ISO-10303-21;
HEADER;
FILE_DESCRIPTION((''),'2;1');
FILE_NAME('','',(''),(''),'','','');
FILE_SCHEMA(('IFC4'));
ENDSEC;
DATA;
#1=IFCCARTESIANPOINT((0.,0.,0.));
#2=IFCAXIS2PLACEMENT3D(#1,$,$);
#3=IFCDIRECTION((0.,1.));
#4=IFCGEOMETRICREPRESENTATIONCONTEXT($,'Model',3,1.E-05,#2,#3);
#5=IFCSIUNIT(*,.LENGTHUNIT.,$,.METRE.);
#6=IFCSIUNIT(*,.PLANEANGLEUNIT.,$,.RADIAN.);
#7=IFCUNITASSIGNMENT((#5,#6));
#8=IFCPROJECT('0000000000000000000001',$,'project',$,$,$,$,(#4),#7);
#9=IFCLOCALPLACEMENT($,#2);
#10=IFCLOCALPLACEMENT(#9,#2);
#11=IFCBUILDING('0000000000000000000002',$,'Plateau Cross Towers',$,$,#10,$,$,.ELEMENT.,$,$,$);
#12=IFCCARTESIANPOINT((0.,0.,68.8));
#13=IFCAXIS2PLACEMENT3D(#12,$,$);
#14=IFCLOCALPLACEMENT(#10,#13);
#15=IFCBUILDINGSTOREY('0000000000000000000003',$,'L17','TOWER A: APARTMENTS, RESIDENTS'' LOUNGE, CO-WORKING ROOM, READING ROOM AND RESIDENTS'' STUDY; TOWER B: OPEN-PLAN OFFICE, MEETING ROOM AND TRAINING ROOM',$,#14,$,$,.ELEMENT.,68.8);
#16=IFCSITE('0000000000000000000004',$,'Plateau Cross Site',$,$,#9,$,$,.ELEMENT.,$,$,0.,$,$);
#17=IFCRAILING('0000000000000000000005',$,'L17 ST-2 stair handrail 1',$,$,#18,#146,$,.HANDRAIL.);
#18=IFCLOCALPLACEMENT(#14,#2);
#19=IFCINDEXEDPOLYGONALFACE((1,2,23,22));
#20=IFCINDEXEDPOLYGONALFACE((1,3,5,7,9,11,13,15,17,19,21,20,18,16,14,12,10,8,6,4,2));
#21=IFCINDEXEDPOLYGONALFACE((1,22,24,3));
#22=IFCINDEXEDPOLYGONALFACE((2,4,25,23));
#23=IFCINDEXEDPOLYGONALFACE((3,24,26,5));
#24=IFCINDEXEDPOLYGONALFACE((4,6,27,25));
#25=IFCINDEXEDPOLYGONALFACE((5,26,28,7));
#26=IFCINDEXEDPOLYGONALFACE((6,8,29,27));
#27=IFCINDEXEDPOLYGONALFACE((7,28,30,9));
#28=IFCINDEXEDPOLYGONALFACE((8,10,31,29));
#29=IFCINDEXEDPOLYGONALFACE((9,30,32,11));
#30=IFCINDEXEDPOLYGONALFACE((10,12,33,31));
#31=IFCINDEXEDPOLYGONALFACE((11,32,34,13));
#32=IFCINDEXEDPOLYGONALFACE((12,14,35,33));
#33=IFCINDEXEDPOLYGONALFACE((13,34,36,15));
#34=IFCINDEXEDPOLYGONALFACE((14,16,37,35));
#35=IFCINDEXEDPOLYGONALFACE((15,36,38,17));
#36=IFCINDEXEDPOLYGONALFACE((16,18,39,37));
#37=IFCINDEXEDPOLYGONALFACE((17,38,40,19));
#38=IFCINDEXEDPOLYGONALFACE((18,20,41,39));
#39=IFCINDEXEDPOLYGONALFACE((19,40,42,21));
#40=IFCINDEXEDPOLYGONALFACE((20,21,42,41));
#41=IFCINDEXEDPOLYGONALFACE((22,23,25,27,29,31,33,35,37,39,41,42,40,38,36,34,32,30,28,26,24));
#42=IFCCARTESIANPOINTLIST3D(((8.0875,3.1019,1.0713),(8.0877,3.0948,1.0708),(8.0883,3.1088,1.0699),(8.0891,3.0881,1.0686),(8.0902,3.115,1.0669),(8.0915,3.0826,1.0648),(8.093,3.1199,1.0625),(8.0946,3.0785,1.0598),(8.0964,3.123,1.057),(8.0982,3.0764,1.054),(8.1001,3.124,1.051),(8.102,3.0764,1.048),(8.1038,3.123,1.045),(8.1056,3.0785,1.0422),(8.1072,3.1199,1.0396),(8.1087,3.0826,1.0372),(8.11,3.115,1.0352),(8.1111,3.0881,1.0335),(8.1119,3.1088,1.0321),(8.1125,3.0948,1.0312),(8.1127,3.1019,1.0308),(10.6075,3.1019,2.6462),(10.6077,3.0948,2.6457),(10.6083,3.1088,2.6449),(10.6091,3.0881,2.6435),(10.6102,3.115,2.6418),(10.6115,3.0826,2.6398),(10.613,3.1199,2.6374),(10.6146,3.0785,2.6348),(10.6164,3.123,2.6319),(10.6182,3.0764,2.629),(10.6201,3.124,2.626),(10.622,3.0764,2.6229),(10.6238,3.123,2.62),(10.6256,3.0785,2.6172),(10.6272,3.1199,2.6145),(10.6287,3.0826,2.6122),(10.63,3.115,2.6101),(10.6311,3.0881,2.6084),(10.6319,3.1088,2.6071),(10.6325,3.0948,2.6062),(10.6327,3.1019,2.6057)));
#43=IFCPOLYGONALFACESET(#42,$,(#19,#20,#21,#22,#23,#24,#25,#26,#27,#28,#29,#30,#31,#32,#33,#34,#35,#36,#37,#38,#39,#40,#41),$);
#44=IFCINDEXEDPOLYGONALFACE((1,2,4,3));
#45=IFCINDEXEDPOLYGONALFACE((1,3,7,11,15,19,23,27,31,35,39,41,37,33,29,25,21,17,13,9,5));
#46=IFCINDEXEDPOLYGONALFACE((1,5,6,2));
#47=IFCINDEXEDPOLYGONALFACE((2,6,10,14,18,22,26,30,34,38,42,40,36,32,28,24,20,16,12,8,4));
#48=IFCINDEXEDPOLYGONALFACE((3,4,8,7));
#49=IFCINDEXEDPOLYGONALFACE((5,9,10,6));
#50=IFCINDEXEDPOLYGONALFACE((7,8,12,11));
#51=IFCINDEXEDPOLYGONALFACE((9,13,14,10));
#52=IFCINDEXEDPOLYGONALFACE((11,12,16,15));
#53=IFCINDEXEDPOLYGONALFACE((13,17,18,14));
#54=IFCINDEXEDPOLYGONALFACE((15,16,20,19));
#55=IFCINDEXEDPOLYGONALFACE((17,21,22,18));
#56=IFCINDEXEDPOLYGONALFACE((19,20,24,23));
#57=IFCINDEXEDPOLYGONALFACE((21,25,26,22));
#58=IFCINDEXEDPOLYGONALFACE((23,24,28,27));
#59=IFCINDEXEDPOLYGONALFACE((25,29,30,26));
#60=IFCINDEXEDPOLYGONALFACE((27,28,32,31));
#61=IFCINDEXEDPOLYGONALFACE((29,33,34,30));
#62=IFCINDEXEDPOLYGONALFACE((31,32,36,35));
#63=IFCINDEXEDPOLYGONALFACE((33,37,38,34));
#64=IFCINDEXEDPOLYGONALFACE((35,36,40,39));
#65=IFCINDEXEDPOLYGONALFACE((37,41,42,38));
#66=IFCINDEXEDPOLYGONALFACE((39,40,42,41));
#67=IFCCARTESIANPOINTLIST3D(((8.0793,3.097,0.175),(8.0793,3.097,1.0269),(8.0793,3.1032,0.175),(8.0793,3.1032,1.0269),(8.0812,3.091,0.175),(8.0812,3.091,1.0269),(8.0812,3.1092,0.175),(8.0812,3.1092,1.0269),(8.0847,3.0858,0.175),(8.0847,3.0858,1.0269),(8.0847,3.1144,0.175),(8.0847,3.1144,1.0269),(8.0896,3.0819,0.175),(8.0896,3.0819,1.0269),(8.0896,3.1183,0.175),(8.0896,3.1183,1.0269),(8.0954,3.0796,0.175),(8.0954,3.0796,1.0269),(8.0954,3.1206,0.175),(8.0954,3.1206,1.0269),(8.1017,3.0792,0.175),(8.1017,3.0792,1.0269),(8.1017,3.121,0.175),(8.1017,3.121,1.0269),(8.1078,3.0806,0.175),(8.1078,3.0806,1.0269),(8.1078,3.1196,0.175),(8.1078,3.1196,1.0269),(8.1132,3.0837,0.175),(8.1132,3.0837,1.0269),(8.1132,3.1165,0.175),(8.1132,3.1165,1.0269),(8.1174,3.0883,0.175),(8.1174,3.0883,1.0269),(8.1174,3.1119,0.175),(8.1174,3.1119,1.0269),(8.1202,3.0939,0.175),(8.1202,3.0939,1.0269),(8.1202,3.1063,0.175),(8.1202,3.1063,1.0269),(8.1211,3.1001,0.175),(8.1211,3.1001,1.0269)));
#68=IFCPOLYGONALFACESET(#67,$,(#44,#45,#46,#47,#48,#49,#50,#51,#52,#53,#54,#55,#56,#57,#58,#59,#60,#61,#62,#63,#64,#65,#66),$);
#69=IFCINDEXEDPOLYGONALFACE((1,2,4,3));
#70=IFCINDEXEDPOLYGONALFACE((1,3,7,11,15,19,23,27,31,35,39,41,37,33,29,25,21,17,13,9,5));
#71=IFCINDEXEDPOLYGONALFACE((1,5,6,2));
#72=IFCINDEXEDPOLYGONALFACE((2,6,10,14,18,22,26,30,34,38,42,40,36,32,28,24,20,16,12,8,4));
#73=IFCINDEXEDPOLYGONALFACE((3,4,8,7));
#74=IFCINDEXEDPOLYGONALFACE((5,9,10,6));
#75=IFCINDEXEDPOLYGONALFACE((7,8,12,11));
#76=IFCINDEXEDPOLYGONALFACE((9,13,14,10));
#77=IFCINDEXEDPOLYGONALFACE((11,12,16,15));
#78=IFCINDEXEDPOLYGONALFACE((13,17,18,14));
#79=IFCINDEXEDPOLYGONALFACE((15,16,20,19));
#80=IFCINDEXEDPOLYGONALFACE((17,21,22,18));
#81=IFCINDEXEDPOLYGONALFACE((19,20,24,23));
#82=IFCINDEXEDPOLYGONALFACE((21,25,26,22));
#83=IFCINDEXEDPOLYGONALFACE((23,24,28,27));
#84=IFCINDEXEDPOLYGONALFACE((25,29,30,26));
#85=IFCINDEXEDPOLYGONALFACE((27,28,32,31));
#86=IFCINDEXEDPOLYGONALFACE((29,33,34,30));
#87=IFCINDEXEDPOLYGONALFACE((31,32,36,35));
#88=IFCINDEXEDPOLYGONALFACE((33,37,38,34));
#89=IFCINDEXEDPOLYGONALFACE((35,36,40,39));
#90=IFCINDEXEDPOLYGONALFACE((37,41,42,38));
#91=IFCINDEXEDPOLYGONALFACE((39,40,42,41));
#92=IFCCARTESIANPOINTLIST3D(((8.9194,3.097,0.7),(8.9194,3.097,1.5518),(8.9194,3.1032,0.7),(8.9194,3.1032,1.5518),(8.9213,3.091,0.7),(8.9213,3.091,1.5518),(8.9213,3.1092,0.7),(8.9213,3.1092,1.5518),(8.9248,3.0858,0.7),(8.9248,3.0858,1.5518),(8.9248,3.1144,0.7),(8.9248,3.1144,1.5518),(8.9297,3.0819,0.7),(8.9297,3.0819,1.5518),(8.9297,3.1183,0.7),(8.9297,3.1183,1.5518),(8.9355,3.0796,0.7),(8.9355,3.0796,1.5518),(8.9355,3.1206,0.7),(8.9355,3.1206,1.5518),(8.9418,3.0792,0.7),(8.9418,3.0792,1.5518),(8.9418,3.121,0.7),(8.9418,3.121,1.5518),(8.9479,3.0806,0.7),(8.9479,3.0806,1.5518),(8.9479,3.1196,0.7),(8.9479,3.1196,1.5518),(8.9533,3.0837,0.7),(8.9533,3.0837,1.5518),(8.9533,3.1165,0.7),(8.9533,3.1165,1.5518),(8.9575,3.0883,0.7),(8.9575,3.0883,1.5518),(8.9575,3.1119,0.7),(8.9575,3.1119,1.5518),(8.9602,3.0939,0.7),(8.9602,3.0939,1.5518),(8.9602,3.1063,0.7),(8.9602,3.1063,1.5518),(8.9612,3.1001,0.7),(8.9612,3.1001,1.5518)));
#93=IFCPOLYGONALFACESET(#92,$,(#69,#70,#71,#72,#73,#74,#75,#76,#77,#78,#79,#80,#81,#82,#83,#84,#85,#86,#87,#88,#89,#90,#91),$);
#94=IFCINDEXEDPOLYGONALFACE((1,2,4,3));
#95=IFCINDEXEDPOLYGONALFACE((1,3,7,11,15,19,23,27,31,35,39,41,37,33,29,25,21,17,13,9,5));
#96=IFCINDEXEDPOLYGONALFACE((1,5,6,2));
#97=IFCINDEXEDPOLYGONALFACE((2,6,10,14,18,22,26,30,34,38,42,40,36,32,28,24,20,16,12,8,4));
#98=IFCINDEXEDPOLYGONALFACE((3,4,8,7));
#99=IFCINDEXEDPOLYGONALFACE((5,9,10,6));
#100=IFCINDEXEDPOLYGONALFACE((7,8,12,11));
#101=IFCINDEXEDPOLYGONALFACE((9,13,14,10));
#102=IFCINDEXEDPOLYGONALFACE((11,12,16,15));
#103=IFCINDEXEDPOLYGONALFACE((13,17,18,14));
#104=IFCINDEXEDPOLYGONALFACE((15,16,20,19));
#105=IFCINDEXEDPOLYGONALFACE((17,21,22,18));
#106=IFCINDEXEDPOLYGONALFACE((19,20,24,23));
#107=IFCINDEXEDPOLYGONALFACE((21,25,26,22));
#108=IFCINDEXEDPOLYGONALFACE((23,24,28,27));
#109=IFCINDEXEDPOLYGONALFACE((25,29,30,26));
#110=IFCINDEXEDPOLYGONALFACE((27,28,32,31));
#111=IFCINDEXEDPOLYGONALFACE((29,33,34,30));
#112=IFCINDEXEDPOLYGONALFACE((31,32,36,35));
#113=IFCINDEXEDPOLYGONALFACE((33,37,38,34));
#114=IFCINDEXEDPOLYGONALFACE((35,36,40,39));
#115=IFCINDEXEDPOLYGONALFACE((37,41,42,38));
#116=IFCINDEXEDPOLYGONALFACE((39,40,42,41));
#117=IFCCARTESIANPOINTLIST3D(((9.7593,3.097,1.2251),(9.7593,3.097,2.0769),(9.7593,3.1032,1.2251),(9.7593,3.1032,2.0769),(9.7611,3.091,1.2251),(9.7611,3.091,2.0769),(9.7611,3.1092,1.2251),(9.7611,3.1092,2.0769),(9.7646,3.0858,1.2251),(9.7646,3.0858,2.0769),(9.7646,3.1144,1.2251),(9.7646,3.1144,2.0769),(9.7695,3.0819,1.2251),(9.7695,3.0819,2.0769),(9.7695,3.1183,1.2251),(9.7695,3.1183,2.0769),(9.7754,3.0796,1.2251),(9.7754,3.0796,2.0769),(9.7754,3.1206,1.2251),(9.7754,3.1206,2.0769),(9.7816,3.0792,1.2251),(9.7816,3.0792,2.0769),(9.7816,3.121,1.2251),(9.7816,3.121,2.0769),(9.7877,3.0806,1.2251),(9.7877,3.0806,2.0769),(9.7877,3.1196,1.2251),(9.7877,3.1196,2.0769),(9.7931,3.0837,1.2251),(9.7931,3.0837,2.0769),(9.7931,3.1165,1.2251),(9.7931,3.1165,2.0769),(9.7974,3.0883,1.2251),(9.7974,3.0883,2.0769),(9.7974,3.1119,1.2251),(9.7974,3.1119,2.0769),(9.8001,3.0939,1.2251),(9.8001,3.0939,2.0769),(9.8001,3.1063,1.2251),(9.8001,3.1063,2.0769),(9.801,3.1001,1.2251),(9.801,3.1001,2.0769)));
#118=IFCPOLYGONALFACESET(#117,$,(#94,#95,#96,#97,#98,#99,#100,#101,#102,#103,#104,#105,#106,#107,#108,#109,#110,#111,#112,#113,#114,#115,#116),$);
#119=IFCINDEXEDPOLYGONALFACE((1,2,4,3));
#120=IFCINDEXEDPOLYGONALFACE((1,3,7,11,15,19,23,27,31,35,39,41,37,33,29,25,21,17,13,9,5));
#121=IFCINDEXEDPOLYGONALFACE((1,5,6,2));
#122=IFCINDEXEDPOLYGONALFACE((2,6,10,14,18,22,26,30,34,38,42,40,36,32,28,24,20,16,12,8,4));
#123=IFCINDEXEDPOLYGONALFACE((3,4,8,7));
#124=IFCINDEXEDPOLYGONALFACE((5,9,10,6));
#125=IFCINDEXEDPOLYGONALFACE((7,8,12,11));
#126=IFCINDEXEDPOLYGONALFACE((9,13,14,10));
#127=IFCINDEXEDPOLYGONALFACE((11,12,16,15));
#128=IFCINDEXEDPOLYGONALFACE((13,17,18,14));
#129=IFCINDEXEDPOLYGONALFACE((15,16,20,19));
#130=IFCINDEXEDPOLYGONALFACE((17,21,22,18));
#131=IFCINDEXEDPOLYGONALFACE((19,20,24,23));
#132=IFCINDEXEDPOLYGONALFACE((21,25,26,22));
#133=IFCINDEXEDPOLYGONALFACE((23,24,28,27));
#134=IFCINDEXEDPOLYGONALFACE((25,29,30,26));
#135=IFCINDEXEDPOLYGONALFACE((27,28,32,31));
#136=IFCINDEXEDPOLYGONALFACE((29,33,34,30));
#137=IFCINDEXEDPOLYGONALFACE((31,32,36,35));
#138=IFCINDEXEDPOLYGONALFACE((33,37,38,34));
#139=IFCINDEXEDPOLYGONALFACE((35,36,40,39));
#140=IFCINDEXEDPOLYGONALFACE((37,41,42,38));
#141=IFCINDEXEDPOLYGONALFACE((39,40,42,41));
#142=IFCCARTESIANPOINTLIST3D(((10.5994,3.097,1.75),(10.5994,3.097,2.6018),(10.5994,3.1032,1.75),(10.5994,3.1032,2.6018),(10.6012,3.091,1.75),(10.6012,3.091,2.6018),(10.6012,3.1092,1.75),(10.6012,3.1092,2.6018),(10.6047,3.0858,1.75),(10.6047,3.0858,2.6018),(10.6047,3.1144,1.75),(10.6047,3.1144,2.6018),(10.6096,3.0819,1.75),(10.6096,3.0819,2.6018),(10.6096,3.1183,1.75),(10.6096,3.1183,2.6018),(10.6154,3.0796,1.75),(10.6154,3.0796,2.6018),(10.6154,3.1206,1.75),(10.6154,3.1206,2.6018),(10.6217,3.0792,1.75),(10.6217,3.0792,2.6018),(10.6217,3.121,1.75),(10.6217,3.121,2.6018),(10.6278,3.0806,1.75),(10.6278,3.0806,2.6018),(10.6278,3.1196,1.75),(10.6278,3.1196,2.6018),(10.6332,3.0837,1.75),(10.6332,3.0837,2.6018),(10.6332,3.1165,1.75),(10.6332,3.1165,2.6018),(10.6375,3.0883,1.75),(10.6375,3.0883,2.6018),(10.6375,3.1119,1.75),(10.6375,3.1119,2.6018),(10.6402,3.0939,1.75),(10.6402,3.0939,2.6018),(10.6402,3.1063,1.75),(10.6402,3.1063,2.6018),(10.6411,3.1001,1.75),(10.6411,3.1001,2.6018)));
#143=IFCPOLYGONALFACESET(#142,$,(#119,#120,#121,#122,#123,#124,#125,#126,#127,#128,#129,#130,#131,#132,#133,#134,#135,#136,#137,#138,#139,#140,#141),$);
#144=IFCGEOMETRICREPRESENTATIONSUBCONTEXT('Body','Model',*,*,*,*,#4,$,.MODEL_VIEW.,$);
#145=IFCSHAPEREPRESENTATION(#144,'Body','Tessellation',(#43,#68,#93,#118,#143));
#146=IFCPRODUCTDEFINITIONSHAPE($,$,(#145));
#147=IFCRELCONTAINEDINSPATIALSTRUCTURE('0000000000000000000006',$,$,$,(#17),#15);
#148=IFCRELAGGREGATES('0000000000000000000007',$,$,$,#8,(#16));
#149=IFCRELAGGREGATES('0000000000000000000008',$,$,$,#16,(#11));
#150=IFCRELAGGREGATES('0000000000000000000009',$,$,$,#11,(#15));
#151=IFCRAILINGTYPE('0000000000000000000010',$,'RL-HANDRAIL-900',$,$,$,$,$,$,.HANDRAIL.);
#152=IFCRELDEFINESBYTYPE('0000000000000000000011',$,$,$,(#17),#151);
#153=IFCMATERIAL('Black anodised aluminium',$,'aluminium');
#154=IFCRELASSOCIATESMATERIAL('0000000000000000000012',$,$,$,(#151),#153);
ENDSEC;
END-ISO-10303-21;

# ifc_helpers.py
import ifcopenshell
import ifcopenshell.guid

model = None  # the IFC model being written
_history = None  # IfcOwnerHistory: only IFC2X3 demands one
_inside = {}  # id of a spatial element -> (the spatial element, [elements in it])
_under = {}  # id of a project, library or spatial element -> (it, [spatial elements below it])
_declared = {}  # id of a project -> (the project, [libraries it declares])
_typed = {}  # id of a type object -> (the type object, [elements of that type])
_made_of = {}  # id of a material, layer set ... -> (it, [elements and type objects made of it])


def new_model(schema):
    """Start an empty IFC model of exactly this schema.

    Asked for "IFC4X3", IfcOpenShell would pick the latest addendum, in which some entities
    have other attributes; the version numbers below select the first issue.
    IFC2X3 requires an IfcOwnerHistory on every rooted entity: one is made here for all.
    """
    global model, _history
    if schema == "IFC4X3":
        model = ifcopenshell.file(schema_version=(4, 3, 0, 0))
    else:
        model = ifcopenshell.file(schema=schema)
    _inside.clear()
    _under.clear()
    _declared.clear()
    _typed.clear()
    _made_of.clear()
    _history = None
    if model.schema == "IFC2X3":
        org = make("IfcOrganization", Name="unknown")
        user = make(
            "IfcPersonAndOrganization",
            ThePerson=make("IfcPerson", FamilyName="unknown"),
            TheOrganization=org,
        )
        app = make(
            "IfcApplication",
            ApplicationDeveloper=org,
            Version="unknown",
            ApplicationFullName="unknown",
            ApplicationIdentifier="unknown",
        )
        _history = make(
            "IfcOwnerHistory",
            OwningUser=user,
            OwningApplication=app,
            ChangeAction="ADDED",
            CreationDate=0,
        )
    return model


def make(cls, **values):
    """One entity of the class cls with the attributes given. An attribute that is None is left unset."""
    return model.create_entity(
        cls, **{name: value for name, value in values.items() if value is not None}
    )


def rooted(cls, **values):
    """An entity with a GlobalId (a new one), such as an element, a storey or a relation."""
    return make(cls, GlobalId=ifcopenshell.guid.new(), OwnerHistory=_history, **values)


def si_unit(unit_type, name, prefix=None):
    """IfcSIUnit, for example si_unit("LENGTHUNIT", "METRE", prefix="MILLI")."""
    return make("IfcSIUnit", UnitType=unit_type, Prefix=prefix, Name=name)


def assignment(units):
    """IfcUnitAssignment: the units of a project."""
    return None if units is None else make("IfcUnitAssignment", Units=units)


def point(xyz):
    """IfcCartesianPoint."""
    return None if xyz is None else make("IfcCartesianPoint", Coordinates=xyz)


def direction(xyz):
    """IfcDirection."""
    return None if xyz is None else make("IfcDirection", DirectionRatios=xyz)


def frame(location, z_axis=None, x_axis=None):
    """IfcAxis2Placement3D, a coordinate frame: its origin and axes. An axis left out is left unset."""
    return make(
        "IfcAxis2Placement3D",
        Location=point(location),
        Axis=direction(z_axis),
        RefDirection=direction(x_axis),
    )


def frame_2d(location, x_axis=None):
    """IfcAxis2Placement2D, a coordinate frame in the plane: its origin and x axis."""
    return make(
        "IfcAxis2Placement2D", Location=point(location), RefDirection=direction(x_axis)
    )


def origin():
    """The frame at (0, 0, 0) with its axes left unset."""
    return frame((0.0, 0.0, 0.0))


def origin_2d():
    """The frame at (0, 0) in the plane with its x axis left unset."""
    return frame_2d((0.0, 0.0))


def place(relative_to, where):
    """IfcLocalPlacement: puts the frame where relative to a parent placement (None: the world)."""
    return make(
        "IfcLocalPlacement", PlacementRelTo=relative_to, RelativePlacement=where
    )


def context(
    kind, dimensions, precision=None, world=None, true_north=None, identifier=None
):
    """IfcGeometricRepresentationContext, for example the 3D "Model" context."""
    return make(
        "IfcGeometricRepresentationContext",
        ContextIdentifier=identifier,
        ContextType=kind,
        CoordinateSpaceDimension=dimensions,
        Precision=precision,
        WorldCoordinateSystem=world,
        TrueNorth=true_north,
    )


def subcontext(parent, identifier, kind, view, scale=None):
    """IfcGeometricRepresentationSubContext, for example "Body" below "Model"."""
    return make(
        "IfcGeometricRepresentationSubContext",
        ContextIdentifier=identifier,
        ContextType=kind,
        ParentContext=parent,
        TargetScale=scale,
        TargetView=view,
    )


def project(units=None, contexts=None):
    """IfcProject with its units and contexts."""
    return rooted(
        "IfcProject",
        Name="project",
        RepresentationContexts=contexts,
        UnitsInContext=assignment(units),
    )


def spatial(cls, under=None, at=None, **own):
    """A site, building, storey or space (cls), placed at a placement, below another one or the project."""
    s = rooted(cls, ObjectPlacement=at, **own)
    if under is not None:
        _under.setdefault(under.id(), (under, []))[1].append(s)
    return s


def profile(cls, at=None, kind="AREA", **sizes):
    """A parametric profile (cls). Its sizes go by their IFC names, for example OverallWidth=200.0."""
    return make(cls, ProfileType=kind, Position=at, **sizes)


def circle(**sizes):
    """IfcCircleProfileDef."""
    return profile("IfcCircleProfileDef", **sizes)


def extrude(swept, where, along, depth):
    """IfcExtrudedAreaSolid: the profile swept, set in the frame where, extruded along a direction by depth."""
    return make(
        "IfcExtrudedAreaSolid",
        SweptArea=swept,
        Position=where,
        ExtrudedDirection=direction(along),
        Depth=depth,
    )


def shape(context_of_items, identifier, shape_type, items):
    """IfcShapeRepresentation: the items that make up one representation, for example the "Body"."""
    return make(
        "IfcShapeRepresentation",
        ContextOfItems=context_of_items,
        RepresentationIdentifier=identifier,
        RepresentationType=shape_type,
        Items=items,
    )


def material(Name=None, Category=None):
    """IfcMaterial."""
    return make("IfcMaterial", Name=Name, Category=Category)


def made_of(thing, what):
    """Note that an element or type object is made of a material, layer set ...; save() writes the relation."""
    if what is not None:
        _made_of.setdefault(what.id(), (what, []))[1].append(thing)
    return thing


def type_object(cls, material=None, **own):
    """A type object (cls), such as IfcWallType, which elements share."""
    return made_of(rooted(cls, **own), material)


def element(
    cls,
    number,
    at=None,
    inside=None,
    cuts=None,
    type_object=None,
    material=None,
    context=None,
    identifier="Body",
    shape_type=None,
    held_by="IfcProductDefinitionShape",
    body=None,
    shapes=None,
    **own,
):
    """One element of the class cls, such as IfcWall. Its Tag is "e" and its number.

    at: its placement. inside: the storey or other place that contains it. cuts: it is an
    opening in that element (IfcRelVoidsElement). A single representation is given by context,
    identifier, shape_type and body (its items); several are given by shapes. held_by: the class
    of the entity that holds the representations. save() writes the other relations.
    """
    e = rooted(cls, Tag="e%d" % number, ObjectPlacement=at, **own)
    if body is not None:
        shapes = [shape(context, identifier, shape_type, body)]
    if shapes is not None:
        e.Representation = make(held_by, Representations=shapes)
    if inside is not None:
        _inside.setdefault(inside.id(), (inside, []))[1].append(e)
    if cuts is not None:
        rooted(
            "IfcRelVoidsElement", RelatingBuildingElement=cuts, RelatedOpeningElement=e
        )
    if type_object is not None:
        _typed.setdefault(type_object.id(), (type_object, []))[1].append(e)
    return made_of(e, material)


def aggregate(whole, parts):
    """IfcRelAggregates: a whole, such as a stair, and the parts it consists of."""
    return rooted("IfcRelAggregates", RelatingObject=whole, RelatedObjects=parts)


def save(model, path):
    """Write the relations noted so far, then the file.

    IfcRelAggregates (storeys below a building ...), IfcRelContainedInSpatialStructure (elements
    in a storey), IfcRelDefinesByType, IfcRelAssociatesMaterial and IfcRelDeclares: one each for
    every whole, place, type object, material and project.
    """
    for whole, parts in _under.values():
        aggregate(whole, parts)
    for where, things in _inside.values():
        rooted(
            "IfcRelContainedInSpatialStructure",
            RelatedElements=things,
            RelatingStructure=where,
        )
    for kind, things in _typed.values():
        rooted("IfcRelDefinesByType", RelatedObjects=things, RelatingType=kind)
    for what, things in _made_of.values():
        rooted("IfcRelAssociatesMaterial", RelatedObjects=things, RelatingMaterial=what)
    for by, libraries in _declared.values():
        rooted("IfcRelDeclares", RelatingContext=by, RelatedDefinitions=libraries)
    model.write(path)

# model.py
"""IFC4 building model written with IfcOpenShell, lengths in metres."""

from ifc_helpers import new_model, si_unit, direction, frame, origin, origin_2d, place, context, subcontext, project, spatial, circle, extrude, material, type_object, element, save


model = new_model("IFC4")

# Units and contexts
model_context = context("Model", 3, precision=1e-05, world=origin(), true_north=direction((0.0, 1.0)))
body_context = subcontext(model_context, "Body", "Model", "MODEL_VIEW")
ifc_project = project(units=[si_unit("LENGTHUNIT", "METRE"), si_unit("PLANEANGLEUNIT", "RADIAN")], contexts=[model_context])

# Site, building, storey
site_placement = place(None, origin())
site = spatial("IfcSite", under=ifc_project, at=site_placement, Name="Plateau Cross Site", CompositionType="ELEMENT", RefElevation=0.0)
building_placement = place(site_placement, origin())
building = spatial("IfcBuilding", under=site, at=building_placement, Name="Plateau Cross Towers", CompositionType="ELEMENT")
storey_placement = place(building_placement, frame((0.0, 0.0, 68.8)))
storey = spatial("IfcBuildingStorey", under=building, at=storey_placement, Name="L17", Description="TOWER A: APARTMENTS, RESIDENTS' LOUNGE, CO-WORKING ROOM, READING ROOM AND RESIDENTS' STUDY; TOWER B: OPEN-PLAN OFFICE, MEETING ROOM AND TRAINING ROOM", CompositionType="ELEMENT", Elevation=68.8)

# Shared definitions
ifc_material_1 = material(Name="Black anodised aluminium", Category="aluminium")

# Railing
railing_type_1 = type_object("IfcRailingType", Name="RL-HANDRAIL-900", PredefinedType="HANDRAIL", material=ifc_material_1)
railing_1_placement = place(storey_placement, frame((8.1001, 3.1001, 0.175)))
element("IfcRailing", 1, at=railing_1_placement, inside=storey, type_object=railing_type_1, Name="L17 ST-2 stair handrail 1", PredefinedType="HANDRAIL", context=body_context, shape_type="SweptSolid", body=[
    extrude(circle(Radius=0.0239, at=origin_2d()), frame((0.0, 0.0, 0.876), z_axis=(0.848008, 0.0, 0.529984), x_axis=(0.0, 1.0, 0.0)), (0.0, 0.0, 1.0), 2.9717),
    extrude(circle(Radius=0.021, at=origin_2d()), origin(), (0.0, 0.0, 1.0), 0.8518),
    extrude(circle(Radius=0.021, at=origin_2d()), frame((0.8401, 0.0, 0.5249)), (0.0, 0.0, 1.0), 0.8518),
    extrude(circle(Radius=0.021, at=origin_2d()), frame((1.6799, 0.0, 1.05)), (0.0, 0.0, 1.0), 0.8518),
    extrude(circle(Radius=0.021, at=origin_2d()), frame((2.52, 0.0, 1.575)), (0.0, 0.0, 1.0), 0.8518),
])

save(model, "model.ifc")
